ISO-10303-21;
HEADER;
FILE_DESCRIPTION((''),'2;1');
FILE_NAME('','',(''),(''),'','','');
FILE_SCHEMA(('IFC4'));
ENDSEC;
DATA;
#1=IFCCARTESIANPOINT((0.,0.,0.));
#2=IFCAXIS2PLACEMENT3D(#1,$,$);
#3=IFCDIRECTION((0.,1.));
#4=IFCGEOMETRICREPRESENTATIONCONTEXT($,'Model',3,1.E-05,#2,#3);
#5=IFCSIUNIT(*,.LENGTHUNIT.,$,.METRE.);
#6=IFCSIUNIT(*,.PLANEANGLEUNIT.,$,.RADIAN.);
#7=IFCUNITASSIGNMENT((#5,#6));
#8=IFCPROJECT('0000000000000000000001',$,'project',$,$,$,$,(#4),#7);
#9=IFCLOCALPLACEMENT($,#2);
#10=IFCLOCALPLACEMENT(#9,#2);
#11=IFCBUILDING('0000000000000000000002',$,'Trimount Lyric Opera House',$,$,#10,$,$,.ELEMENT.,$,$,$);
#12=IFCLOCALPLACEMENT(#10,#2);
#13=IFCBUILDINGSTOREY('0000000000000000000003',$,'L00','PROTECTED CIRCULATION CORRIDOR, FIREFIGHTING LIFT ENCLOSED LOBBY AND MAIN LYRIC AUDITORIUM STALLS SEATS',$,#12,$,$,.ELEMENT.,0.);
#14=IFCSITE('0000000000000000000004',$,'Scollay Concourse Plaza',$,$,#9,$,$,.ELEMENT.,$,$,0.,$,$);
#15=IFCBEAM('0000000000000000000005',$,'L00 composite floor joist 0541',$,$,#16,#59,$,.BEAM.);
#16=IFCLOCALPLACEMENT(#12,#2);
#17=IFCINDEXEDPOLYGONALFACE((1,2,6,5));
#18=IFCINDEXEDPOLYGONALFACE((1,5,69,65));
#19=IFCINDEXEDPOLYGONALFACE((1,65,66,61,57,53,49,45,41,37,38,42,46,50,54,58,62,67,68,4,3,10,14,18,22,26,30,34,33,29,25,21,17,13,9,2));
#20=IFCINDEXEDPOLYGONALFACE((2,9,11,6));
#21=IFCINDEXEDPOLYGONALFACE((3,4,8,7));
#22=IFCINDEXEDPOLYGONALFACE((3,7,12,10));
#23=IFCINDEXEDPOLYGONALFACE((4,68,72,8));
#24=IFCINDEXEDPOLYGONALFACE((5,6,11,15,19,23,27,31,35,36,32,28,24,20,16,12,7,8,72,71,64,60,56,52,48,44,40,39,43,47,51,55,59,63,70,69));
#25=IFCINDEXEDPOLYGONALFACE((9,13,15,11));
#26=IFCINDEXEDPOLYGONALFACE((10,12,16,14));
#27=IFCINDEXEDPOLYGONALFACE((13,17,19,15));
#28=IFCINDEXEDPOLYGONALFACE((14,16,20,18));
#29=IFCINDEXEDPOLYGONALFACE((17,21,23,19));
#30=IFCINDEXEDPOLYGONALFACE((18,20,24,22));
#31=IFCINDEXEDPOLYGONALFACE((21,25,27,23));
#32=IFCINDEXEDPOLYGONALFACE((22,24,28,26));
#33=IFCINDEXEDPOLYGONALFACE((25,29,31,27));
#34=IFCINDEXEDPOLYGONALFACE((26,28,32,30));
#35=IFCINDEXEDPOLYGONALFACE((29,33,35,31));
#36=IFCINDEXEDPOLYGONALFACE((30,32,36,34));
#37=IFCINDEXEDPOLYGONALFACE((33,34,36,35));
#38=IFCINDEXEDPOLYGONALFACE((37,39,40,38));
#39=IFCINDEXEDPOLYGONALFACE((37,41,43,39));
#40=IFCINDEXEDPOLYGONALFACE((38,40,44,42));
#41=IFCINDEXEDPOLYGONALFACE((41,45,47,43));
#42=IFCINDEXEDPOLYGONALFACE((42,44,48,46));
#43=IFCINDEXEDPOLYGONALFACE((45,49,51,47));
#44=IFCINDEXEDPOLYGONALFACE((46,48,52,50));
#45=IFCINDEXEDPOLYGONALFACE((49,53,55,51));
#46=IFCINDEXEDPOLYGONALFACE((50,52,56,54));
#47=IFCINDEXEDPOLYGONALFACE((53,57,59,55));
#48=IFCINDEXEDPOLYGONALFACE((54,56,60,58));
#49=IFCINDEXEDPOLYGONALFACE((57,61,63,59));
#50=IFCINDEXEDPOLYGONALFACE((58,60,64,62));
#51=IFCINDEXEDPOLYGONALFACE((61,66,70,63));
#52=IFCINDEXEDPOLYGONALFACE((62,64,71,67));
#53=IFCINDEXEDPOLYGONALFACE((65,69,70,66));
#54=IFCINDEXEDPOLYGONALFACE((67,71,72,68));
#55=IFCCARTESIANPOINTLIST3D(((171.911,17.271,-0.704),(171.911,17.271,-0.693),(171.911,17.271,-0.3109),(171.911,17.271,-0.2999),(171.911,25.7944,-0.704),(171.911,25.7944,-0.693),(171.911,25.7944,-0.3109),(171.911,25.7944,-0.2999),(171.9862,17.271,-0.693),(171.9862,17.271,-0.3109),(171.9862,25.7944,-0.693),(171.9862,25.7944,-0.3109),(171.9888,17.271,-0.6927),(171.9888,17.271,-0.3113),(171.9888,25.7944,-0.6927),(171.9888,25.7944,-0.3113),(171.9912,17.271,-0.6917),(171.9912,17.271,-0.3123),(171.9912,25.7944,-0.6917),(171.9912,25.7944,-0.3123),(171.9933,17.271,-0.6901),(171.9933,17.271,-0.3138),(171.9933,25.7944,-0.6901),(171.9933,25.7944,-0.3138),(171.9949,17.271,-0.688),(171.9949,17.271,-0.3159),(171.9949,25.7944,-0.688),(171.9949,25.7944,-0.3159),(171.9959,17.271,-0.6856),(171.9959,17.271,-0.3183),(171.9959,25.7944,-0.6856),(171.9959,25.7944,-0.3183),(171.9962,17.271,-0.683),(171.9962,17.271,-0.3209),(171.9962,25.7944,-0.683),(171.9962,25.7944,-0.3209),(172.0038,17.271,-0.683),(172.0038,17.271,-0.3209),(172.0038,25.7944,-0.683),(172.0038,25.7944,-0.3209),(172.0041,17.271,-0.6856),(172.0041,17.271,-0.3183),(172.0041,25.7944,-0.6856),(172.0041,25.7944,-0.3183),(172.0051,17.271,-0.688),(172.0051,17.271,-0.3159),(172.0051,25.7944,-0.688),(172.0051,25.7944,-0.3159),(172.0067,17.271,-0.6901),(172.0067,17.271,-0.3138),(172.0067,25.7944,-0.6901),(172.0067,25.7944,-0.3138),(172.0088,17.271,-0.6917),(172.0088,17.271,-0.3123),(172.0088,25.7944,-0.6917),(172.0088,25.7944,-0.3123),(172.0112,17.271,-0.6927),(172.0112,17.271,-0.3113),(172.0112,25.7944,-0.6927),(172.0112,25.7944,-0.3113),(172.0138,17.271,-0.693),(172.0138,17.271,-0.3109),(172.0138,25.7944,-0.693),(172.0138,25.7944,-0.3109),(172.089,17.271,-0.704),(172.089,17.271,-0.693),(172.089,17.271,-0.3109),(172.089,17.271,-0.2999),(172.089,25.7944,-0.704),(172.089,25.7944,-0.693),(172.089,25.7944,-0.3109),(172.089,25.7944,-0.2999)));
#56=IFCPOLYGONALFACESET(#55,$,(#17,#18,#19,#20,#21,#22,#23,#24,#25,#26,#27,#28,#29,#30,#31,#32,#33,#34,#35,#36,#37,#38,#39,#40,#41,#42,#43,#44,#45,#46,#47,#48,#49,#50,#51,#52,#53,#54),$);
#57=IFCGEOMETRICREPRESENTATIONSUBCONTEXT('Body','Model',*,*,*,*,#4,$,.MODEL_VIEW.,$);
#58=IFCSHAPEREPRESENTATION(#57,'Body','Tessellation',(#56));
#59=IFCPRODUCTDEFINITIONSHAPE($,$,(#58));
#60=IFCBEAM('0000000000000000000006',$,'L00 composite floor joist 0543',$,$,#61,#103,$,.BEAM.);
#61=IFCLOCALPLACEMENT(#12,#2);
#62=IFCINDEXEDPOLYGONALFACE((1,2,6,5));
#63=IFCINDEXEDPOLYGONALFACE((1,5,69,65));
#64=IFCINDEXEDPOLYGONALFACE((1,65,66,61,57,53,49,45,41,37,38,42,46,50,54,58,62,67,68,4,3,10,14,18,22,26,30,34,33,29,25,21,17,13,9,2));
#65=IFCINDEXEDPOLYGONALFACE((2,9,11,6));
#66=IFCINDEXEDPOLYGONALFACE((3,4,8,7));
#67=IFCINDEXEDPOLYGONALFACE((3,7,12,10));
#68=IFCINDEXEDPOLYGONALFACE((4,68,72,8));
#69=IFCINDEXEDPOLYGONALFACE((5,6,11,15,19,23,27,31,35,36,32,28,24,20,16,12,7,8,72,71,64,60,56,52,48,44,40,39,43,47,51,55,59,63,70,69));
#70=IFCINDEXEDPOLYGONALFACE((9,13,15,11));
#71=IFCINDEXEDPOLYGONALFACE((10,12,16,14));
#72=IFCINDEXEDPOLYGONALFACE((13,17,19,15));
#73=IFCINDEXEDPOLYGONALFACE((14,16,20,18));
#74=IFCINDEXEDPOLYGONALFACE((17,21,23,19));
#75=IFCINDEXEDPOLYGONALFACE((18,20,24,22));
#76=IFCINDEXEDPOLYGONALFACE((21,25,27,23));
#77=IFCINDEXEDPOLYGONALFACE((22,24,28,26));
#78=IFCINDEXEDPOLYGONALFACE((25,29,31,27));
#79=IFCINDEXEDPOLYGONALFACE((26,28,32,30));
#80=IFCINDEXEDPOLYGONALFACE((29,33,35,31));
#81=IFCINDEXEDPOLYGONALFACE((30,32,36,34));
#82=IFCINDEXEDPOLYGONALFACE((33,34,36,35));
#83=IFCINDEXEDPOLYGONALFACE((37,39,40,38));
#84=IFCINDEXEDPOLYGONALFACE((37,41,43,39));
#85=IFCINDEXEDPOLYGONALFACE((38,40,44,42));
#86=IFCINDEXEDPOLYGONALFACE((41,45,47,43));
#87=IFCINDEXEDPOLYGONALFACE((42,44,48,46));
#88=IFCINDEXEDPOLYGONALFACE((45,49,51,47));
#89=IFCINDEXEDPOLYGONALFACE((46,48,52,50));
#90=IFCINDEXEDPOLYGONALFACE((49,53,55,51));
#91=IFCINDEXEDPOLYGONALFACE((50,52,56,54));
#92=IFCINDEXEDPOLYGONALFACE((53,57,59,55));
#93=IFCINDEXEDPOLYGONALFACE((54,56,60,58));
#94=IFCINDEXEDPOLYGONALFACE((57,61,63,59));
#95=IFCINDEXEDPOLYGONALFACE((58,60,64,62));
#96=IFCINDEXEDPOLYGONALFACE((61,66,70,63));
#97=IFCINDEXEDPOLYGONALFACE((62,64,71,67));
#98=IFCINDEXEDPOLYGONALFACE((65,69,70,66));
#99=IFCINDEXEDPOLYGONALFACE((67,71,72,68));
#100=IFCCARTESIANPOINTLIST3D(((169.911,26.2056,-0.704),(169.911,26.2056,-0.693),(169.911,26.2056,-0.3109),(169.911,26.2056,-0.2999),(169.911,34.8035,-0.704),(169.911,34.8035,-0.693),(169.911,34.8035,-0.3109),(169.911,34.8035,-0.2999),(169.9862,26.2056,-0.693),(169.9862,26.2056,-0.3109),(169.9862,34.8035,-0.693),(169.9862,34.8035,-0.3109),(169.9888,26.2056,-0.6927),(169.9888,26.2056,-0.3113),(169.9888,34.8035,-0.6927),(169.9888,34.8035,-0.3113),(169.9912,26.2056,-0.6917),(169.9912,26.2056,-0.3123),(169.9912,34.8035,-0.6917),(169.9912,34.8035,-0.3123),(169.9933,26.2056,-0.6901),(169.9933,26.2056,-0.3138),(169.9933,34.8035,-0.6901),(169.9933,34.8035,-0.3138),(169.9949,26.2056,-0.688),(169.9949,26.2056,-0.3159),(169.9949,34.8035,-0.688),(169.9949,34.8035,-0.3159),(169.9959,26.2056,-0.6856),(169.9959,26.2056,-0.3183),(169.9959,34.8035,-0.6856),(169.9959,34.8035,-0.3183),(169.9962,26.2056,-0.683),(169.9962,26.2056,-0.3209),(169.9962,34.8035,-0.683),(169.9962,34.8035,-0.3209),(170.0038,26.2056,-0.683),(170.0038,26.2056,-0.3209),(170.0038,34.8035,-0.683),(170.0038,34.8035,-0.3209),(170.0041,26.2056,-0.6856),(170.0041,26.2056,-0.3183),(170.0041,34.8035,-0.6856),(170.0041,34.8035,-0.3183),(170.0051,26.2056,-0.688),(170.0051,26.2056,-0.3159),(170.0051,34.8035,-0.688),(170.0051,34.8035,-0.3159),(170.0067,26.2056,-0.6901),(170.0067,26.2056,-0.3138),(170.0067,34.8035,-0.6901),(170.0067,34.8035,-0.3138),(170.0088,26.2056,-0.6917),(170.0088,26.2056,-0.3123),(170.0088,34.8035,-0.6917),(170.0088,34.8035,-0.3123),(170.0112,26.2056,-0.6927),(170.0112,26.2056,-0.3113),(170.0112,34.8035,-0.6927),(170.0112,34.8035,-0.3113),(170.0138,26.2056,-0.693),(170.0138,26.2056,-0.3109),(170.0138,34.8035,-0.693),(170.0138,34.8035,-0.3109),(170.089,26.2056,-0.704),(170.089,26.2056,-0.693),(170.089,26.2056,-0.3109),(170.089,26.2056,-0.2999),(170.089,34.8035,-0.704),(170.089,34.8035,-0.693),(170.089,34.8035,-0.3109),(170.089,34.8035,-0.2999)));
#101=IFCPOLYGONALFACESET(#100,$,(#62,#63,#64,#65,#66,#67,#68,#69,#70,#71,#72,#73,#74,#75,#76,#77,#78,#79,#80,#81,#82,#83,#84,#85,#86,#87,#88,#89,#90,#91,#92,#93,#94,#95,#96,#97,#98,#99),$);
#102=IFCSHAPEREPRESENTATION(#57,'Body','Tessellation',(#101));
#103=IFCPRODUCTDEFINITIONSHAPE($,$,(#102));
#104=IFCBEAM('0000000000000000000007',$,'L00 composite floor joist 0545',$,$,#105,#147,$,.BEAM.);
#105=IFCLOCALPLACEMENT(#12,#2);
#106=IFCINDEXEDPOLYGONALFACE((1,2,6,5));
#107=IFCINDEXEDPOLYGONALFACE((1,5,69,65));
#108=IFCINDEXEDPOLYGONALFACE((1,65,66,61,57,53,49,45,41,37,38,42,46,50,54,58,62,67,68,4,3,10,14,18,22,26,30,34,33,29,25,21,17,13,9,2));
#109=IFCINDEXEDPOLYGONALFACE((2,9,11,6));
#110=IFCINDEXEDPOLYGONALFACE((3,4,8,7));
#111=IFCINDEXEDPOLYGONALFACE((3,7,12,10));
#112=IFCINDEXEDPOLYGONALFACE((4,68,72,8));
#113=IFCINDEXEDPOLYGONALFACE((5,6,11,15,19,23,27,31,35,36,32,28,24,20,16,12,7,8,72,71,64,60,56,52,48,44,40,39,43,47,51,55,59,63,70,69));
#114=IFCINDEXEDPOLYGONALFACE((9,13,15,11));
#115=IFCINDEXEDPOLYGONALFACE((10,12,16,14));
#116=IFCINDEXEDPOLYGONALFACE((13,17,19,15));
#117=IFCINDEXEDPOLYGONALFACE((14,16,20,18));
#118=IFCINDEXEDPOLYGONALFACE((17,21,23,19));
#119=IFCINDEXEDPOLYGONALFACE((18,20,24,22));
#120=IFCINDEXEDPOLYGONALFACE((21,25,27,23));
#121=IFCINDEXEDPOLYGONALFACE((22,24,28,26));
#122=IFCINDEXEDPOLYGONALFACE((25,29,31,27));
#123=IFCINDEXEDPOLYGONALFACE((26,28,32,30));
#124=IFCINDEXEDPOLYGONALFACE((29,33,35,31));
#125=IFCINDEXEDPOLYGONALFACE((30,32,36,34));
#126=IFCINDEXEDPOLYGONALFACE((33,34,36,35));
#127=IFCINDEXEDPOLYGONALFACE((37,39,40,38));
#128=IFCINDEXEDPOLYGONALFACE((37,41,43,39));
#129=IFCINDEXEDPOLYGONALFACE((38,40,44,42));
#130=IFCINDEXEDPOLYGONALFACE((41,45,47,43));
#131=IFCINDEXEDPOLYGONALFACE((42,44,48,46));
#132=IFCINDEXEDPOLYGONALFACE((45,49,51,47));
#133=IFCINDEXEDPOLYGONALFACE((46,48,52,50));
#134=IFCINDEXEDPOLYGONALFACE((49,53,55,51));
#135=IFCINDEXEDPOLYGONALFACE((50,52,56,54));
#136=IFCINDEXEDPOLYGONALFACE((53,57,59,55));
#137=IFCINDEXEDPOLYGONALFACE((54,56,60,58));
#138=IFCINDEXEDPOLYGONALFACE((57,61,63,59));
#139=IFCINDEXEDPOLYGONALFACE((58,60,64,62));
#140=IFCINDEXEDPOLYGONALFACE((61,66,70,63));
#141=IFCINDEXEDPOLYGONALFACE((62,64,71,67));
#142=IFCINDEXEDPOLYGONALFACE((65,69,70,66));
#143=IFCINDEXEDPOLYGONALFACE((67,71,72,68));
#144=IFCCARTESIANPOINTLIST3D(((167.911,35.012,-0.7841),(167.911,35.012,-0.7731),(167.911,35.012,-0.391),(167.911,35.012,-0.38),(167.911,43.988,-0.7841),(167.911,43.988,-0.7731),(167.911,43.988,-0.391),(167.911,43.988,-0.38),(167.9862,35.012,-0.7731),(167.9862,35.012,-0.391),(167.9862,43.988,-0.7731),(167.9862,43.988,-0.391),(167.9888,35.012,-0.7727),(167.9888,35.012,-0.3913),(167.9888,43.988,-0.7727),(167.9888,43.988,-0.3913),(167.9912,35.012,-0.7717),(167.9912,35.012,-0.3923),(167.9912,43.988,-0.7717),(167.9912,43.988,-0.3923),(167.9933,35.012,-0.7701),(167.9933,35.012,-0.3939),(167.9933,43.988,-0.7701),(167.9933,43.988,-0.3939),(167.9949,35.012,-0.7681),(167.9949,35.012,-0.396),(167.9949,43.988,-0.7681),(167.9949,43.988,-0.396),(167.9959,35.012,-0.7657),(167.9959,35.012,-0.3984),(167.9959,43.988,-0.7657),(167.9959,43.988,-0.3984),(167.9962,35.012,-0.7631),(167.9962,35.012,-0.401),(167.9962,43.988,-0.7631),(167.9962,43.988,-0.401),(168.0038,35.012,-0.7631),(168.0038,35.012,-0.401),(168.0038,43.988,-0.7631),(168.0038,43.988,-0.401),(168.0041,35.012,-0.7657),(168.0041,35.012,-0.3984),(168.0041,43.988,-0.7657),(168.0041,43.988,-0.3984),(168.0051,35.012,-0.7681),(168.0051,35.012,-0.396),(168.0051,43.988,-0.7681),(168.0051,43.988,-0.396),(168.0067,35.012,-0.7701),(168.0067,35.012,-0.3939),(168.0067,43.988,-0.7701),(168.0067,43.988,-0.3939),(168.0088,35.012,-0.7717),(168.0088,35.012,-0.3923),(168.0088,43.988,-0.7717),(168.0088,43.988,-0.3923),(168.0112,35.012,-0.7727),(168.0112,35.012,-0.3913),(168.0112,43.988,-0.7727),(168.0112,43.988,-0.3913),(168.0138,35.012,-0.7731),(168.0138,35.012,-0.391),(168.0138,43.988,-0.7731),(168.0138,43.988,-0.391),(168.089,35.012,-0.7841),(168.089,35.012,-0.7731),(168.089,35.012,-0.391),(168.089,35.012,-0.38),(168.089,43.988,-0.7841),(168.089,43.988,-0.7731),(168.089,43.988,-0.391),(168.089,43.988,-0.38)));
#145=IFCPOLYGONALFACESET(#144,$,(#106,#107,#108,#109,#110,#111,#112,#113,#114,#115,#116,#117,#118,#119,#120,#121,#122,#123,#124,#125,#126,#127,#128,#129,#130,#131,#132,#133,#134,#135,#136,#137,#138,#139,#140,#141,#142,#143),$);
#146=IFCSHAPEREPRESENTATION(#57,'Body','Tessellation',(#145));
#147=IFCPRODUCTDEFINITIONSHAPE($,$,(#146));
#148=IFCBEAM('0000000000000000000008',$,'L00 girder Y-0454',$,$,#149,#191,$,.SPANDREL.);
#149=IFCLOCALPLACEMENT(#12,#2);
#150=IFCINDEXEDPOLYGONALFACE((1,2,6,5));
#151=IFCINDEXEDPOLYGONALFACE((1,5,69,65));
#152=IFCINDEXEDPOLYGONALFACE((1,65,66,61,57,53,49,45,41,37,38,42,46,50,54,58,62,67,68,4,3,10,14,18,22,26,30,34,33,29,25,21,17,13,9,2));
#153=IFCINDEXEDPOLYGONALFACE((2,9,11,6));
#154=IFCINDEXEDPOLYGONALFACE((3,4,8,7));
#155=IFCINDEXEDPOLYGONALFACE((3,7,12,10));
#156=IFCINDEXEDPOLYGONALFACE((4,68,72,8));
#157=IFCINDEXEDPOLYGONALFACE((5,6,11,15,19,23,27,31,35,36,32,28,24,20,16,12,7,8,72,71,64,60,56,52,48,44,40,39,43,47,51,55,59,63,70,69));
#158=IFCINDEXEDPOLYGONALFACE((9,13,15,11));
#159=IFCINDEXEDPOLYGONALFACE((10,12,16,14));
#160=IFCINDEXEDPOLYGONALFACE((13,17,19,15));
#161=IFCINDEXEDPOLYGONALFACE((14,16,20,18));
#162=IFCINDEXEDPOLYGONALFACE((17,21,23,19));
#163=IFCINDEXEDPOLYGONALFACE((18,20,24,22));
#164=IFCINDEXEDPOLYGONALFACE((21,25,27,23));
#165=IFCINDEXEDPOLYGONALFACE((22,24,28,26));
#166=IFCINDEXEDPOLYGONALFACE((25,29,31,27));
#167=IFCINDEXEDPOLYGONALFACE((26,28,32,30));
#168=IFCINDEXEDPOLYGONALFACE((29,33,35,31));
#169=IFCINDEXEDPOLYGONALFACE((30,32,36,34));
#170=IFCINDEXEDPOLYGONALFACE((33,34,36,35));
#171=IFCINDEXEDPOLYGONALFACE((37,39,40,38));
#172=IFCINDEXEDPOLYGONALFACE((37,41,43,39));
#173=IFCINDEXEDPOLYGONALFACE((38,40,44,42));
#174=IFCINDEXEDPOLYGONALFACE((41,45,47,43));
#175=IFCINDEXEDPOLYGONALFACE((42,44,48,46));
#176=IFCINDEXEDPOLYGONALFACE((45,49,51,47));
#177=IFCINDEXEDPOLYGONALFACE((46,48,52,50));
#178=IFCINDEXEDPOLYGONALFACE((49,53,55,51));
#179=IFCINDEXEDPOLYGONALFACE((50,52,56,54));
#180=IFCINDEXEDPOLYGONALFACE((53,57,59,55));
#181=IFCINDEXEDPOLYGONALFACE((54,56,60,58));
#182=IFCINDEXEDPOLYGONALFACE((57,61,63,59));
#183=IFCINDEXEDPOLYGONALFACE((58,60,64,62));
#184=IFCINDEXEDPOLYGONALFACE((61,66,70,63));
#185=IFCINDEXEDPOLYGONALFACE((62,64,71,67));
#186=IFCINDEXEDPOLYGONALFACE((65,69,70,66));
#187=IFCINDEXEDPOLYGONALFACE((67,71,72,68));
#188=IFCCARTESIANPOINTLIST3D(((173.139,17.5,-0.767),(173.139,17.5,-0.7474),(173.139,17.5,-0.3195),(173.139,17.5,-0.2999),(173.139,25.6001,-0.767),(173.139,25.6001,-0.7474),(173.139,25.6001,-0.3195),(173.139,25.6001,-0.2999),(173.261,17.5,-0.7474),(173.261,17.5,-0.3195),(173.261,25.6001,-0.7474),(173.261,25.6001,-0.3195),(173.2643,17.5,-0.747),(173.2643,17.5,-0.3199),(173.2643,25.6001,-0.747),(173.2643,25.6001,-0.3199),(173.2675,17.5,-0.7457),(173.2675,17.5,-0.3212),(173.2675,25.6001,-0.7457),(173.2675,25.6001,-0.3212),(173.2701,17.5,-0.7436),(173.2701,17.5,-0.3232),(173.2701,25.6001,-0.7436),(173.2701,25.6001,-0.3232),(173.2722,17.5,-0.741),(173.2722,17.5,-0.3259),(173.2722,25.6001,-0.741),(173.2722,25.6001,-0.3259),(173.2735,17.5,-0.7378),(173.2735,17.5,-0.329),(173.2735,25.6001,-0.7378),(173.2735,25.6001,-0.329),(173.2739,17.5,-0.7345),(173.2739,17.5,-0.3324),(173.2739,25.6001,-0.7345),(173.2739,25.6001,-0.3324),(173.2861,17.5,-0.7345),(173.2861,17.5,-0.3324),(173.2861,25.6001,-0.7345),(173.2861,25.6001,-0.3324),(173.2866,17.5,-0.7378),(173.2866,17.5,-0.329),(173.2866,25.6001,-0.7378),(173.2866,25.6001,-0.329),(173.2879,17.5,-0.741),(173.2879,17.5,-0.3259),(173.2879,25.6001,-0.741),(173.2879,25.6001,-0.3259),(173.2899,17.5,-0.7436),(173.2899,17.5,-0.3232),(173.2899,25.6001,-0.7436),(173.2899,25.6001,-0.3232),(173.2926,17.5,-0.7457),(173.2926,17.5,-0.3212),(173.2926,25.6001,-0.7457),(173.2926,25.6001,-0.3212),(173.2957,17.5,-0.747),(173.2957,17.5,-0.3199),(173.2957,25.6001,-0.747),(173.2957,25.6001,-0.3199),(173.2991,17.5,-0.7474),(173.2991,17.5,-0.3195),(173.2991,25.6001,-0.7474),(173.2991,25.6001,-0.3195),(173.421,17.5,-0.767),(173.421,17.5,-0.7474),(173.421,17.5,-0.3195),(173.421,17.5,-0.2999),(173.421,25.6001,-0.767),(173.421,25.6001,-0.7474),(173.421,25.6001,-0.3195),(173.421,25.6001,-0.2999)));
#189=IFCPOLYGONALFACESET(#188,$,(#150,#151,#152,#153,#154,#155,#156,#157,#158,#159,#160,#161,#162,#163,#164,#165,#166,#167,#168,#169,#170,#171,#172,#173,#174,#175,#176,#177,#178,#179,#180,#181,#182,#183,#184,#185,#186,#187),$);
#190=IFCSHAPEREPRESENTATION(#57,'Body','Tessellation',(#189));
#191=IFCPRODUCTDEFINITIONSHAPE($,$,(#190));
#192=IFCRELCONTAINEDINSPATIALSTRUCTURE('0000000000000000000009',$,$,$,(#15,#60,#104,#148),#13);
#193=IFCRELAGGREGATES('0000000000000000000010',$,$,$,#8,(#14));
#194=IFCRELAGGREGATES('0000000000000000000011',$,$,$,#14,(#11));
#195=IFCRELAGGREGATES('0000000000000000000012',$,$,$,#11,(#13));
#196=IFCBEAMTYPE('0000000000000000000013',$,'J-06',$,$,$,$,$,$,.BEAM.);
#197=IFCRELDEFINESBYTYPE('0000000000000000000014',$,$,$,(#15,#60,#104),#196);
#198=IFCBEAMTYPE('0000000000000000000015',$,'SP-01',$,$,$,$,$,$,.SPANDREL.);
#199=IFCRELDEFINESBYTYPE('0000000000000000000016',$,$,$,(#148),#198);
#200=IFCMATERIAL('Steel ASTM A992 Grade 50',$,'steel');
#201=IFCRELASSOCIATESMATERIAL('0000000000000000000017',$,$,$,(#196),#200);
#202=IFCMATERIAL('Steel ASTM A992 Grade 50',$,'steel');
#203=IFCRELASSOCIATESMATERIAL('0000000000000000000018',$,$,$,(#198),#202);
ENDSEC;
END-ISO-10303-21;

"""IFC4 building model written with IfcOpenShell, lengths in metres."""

from ifc_helpers import new_model, si_unit, direction, frame, origin, origin_2d, place, context, subcontext, project, spatial, i_section, extrude, material, material_profile, profile_set, type_object, element, save


model = new_model("IFC4")

# Units and contexts
model_context = context("Model", 3, precision=1e-05, world=origin(), true_north=direction((0.0, 1.0)))
body_context = subcontext(model_context, "Body", "Model", "MODEL_VIEW")
ifc_project = project(units=[si_unit("LENGTHUNIT", "METRE"), si_unit("PLANEANGLEUNIT", "RADIAN")], contexts=[model_context])

# Site, building, storey
site_placement = place(None, origin())
site = spatial("IfcSite", under=ifc_project, at=site_placement, Name="Scollay Concourse Plaza", CompositionType="ELEMENT", RefElevation=0.0)
building_placement = place(site_placement, origin())
building = spatial("IfcBuilding", under=site, at=building_placement, Name="Trimount Lyric Opera House", CompositionType="ELEMENT")
storey_placement = place(building_placement, origin())
storey = spatial("IfcBuildingStorey", under=building, at=storey_placement, Name="L00", Description="PROTECTED CIRCULATION CORRIDOR, FIREFIGHTING LIFT ENCLOSED LOBBY AND MAIN LYRIC AUDITORIUM STALLS SEATS", CompositionType="ELEMENT", Elevation=0.0)

# Beams
ifc_material_1 = material(Name="Steel ASTM A992 Grade 50", Category="steel")
ifc_material_profile_1 = material_profile(ifc_material_1, i_section(OverallWidth=0.178, OverallDepth=0.4041, WebThickness=0.0076, FlangeThickness=0.011, FilletRadius=0.01, at=origin_2d()), Name="W16X36")
ifc_profile_set_1 = profile_set([ifc_material_profile_1], Name="Steel ASTM A992 Grade 50")
beam_type_1 = type_object("IfcBeamType", Name="J-06", PredefinedType="BEAM", material=ifc_profile_set_1)
beam_1_placement = place(storey_placement, frame((172.0, 17.271, -0.502), z_axis=(0.0, 1.0, 0.0), x_axis=(-1.0, 0.0, 0.0)))
element("IfcBeam", 1, at=beam_1_placement, inside=storey, type_object=beam_type_1, Name="L00 composite floor joist 0541", PredefinedType="BEAM", context=body_context, shape_type="SweptSolid", body=[
    extrude(i_section(OverallWidth=0.178, OverallDepth=0.4041, WebThickness=0.0076, FlangeThickness=0.011, FilletRadius=0.01, at=origin_2d()), origin(), (0.0, 0.0, 1.0), 8.5234),
])
beam_2_placement = place(storey_placement, frame((170.0, 26.2056, -0.502), z_axis=(0.0, 1.0, 0.0), x_axis=(-1.0, 0.0, 0.0)))
element("IfcBeam", 2, at=beam_2_placement, inside=storey, type_object=beam_type_1, Name="L00 composite floor joist 0543", PredefinedType="BEAM", context=body_context, shape_type="SweptSolid", body=[
    extrude(i_section(OverallWidth=0.178, OverallDepth=0.4041, WebThickness=0.0076, FlangeThickness=0.011, FilletRadius=0.01, at=origin_2d()), origin(), (0.0, 0.0, 1.0), 8.5979),
])
beam_3_placement = place(storey_placement, frame((168.0, 35.012, -0.582), z_axis=(0.0, 1.0, 0.0), x_axis=(-1.0, 0.0, 0.0)))
element("IfcBeam", 3, at=beam_3_placement, inside=storey, type_object=beam_type_1, Name="L00 composite floor joist 0545", PredefinedType="BEAM", context=body_context, shape_type="SweptSolid", body=[
    extrude(i_section(OverallWidth=0.178, OverallDepth=0.4041, WebThickness=0.0076, FlangeThickness=0.011, FilletRadius=0.01, at=origin_2d()), origin(), (0.0, 0.0, 1.0), 8.9761),
])
ifc_material_2 = material(Name="Steel ASTM A992 Grade 50", Category="steel")
ifc_material_profile_2 = material_profile(ifc_material_2, i_section(OverallWidth=0.282, OverallDepth=0.467, WebThickness=0.0122, FlangeThickness=0.0195, FilletRadius=0.0129, at=origin_2d()), Name="W18X86")
ifc_profile_set_2 = profile_set([ifc_material_profile_2], Name="Steel ASTM A992 Grade 50")
beam_type_2 = type_object("IfcBeamType", Name="SP-01", PredefinedType="SPANDREL", material=ifc_profile_set_2)
beam_4_placement = place(storey_placement, frame((173.28, 17.5, -0.5334), z_axis=(0.0, 1.0, 0.0), x_axis=(-1.0, 0.0, 0.0)))
element("IfcBeam", 4, at=beam_4_placement, inside=storey, type_object=beam_type_2, Name="L00 girder Y-0454", PredefinedType="SPANDREL", context=body_context, shape_type="SweptSolid", body=[
    extrude(i_section(OverallWidth=0.282, OverallDepth=0.467, WebThickness=0.0122, FlangeThickness=0.0195, FilletRadius=0.0129, at=origin_2d()), origin(), (0.0, 0.0, 1.0), 8.1001),
])

save(model, "model.ifc")
